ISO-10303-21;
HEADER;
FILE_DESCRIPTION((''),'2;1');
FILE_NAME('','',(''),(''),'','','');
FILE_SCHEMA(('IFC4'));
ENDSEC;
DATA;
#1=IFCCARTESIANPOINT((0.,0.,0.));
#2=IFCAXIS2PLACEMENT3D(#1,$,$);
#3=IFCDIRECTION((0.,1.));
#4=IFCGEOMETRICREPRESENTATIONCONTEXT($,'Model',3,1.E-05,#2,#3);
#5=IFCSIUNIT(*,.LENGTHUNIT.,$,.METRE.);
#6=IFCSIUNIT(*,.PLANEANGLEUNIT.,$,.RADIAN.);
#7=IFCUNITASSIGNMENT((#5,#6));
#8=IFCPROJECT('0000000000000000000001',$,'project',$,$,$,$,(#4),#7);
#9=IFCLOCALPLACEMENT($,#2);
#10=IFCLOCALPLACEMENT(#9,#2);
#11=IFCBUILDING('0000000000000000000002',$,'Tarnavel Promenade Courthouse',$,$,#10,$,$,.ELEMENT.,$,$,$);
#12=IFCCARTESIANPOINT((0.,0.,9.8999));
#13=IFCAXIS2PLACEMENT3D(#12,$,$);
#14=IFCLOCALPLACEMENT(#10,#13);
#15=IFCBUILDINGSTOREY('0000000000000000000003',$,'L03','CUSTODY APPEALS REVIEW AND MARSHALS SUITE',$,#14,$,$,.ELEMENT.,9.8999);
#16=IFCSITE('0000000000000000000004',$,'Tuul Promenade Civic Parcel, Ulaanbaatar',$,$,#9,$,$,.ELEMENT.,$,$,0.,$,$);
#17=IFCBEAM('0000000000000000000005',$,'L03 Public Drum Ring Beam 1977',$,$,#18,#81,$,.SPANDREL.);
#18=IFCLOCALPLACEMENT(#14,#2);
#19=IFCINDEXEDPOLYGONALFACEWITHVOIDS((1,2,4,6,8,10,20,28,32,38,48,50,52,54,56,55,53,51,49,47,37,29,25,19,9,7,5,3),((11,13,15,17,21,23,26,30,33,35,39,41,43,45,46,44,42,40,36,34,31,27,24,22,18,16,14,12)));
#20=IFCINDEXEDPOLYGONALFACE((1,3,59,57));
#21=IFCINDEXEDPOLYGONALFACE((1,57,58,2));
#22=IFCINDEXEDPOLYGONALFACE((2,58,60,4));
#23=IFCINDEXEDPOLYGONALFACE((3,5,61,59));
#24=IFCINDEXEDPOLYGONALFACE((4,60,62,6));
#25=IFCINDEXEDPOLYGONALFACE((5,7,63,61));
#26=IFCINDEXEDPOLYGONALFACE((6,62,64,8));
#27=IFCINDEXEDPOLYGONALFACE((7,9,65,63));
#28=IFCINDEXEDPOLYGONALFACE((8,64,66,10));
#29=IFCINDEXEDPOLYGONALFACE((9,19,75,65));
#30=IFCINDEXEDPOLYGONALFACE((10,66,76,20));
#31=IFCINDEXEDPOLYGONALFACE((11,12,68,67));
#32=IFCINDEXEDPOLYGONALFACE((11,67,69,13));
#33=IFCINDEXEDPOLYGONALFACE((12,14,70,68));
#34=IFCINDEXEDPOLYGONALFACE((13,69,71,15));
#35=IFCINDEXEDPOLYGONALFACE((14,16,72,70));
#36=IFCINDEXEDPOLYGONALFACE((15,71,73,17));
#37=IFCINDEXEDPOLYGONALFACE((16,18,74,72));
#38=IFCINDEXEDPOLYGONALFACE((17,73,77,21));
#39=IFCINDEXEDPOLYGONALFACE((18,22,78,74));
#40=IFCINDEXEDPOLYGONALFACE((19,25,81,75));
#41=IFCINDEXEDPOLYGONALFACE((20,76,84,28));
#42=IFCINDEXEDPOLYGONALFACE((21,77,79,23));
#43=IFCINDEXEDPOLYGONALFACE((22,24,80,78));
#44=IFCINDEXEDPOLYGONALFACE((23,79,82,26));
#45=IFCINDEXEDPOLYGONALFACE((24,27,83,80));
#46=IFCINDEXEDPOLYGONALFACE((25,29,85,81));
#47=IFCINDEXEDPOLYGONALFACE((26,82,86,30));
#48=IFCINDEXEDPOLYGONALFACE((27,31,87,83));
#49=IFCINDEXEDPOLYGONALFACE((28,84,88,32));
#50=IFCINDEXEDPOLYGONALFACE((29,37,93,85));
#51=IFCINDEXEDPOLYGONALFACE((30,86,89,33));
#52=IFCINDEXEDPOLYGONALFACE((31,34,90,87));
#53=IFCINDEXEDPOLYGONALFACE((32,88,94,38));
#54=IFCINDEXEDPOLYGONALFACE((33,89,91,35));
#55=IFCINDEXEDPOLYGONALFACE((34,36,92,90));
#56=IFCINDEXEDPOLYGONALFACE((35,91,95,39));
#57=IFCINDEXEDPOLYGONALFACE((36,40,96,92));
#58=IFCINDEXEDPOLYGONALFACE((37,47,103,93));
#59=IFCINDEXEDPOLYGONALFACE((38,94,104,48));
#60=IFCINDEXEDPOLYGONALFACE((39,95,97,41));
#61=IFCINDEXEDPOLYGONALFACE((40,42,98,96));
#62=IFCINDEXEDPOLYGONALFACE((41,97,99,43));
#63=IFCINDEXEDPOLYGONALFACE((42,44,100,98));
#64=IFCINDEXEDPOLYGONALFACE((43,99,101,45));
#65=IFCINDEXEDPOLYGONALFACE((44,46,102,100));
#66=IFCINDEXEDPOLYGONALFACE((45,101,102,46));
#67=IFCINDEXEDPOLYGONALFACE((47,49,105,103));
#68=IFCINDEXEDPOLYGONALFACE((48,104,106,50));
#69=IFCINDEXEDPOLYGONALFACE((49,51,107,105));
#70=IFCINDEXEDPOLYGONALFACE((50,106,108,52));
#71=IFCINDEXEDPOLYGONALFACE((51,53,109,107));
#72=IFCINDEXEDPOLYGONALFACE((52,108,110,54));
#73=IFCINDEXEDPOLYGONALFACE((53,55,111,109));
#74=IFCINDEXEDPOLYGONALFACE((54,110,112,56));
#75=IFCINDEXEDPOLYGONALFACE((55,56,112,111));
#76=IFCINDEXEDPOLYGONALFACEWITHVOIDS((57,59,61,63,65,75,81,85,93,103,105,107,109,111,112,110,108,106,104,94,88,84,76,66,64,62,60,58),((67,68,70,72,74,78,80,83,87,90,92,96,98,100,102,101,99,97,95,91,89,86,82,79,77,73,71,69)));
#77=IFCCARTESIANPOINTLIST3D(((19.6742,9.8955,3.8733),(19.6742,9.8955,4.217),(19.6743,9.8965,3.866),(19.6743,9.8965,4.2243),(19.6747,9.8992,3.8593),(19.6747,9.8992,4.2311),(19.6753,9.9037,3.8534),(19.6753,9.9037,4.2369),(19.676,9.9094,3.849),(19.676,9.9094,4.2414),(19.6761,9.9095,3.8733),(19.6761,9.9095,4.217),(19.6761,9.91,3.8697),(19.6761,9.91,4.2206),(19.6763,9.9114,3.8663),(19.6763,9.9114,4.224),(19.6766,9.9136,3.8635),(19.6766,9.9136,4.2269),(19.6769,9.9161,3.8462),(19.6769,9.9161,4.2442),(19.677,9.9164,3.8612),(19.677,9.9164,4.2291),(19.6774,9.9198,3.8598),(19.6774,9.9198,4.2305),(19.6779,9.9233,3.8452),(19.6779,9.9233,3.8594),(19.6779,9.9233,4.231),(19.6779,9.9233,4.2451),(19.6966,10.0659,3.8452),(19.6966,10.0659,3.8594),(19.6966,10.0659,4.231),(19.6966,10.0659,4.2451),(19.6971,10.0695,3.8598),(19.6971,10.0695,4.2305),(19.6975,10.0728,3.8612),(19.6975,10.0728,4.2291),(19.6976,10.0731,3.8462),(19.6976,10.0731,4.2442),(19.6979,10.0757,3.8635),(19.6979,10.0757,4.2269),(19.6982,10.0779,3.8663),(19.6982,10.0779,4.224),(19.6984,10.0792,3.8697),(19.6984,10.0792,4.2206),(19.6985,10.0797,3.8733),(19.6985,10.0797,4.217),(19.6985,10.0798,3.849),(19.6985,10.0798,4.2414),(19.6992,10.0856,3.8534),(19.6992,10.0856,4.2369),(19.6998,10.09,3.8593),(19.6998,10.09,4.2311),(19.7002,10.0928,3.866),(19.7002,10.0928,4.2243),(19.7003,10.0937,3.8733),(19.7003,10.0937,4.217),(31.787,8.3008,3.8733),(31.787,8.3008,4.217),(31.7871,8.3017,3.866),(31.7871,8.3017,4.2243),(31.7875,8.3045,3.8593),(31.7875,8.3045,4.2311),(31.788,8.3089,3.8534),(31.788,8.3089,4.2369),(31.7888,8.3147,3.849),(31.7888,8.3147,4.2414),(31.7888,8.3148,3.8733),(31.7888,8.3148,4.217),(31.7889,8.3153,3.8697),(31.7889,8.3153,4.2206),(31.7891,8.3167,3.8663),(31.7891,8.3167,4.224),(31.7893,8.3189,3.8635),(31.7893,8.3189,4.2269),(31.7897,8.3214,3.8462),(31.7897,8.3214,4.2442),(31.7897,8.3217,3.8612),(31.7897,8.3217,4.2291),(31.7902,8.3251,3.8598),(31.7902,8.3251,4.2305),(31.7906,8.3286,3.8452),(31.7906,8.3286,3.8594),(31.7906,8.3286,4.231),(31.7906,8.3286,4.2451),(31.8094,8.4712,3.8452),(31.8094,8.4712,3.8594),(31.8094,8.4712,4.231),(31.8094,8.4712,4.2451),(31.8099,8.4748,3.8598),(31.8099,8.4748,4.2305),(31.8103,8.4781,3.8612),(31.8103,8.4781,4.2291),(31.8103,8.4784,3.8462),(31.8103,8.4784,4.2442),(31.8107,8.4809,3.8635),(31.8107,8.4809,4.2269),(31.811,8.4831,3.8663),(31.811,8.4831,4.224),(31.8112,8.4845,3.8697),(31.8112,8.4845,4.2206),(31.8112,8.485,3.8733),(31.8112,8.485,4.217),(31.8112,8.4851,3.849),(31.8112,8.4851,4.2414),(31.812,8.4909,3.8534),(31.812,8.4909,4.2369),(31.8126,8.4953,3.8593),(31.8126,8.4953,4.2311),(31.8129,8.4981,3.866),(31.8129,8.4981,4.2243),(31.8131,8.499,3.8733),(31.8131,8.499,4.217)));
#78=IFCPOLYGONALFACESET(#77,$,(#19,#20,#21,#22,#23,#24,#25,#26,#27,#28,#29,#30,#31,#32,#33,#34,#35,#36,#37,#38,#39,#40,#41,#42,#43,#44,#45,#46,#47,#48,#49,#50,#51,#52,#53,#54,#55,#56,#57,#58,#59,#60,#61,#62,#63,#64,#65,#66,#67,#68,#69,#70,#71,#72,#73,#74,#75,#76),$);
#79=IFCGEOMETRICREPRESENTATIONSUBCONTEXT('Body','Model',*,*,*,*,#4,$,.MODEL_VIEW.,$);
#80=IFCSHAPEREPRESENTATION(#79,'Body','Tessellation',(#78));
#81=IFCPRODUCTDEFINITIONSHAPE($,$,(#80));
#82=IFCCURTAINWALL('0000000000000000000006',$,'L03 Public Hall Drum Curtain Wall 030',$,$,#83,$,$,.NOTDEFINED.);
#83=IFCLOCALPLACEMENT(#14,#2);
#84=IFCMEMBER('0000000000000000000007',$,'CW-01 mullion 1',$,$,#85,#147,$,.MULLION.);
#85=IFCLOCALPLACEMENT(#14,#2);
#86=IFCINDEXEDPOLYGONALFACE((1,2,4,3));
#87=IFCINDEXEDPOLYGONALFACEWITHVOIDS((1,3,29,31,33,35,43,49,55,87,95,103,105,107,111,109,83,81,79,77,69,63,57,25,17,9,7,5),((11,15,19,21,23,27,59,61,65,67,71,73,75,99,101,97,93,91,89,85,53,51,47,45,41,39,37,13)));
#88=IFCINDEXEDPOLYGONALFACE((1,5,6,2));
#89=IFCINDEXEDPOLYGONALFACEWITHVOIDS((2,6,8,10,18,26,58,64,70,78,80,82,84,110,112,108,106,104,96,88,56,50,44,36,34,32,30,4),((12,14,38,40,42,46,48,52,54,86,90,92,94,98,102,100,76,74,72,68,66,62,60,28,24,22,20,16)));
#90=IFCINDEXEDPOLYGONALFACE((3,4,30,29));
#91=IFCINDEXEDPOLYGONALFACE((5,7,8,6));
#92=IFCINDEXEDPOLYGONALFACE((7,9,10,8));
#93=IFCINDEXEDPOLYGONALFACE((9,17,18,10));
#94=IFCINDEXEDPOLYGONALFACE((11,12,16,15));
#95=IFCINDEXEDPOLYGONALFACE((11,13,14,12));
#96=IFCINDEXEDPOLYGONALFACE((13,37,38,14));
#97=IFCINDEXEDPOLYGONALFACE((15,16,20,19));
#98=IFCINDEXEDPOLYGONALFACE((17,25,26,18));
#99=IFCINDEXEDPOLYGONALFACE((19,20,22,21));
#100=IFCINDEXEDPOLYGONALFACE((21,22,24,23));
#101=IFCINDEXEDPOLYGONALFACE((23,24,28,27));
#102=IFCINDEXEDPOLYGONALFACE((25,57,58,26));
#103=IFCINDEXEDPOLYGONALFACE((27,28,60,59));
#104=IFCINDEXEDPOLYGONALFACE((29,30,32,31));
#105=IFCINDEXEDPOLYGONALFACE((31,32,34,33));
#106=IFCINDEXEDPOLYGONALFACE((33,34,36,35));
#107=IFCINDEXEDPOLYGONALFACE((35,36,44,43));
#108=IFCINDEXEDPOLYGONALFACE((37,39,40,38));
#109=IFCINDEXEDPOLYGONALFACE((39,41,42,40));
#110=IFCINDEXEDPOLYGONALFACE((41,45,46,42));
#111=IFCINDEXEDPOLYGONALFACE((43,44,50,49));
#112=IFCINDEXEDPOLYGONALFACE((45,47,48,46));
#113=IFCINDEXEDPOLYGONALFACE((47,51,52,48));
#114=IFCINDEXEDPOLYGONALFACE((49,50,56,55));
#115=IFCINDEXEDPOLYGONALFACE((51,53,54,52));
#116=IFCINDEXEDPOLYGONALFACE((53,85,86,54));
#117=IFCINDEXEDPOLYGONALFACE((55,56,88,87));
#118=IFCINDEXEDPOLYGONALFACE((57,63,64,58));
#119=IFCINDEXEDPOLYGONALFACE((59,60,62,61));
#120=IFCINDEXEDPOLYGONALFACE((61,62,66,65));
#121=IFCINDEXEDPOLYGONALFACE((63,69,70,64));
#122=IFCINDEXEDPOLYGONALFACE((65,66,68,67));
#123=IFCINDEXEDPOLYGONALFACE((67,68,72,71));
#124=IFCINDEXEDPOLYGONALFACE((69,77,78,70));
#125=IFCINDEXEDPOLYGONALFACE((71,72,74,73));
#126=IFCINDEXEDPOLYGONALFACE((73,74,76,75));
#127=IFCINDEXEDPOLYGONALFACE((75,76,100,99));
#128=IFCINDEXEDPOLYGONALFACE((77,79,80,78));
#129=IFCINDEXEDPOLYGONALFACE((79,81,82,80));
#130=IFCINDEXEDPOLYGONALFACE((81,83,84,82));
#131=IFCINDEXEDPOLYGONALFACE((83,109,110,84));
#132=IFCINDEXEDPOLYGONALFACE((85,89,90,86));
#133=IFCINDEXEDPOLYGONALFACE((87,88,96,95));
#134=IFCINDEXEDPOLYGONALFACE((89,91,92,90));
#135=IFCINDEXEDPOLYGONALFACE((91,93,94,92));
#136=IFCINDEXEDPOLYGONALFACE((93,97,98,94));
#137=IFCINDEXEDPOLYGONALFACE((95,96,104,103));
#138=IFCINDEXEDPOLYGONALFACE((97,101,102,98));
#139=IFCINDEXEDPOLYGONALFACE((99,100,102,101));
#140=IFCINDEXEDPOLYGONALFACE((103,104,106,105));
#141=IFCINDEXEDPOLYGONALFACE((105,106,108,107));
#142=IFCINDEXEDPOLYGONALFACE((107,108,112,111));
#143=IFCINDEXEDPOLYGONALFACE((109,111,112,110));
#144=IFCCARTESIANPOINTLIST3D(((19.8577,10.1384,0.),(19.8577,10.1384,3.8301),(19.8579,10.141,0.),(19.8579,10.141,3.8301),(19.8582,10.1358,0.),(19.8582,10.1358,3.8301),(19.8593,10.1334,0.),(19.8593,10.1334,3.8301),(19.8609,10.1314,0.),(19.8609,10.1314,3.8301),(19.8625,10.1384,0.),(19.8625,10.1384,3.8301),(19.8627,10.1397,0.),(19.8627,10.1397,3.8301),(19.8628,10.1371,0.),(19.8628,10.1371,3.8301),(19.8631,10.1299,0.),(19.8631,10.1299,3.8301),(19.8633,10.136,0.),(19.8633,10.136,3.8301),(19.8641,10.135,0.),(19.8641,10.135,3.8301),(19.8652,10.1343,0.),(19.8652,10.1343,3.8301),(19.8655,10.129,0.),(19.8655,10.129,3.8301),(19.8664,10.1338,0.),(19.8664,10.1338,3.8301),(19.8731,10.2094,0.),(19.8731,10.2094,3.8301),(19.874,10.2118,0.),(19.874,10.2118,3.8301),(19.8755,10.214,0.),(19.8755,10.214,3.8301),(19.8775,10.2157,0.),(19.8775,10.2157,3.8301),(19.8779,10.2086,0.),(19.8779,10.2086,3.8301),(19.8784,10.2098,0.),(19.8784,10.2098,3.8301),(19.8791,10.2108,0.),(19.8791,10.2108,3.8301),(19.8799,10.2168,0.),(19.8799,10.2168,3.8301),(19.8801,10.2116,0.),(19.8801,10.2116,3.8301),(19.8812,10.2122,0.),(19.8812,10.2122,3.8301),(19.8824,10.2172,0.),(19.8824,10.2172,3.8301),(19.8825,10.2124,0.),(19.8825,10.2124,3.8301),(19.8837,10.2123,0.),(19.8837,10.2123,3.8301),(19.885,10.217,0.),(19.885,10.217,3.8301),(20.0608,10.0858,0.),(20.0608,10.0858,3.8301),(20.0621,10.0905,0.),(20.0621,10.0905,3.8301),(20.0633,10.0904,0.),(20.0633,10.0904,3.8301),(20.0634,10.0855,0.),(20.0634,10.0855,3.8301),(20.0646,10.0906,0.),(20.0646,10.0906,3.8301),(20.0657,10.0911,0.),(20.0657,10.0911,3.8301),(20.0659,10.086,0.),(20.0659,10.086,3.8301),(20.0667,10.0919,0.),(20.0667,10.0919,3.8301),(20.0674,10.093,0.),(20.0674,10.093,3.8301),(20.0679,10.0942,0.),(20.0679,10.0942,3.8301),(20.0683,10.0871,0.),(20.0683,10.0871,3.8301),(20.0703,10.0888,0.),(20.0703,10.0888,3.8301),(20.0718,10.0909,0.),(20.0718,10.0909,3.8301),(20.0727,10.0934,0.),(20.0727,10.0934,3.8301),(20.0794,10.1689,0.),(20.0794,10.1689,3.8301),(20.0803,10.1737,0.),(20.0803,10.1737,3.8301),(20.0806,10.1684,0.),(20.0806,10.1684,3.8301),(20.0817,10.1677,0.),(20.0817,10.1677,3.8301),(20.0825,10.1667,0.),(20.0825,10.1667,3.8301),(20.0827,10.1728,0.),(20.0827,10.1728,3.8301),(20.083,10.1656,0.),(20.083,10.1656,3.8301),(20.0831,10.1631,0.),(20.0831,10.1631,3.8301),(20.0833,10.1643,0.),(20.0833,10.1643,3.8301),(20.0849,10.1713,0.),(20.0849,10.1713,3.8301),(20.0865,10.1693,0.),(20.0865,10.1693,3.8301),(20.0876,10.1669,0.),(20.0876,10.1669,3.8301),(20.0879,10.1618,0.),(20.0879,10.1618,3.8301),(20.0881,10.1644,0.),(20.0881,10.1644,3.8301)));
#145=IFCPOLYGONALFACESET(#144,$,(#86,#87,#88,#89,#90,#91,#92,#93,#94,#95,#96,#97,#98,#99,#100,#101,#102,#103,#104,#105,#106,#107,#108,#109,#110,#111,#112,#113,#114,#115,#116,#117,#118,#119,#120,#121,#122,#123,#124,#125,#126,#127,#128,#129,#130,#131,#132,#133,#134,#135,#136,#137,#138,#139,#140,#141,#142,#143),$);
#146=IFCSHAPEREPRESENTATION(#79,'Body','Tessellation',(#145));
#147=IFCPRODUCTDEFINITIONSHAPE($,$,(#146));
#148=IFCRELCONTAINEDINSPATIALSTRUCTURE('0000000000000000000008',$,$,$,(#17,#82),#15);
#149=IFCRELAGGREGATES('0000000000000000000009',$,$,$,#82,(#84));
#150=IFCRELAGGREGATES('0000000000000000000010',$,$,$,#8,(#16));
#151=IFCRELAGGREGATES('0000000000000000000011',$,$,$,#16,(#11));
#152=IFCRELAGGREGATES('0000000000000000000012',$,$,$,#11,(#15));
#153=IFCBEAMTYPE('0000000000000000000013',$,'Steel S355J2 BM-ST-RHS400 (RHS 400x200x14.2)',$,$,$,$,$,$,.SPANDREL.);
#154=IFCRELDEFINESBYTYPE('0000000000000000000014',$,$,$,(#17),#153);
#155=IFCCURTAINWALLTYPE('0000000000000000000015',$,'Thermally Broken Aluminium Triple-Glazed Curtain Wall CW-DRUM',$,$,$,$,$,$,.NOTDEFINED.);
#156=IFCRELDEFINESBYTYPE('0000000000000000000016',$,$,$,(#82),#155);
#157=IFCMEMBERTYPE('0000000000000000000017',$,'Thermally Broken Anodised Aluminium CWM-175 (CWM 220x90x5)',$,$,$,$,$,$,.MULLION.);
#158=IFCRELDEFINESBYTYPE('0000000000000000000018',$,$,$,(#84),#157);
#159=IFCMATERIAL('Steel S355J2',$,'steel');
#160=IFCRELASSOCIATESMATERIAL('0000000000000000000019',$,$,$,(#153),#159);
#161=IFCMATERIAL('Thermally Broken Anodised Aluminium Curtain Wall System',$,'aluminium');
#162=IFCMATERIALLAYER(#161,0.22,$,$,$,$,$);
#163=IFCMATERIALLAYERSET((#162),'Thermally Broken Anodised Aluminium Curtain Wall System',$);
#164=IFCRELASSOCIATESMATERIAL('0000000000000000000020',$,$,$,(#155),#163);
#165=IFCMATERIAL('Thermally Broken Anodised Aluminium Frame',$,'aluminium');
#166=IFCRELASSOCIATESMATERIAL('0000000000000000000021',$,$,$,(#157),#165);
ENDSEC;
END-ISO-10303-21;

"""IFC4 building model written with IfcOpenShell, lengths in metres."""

from ifc_helpers import new_model, si_unit, direction, frame, origin, origin_2d, place, context, subcontext, project, spatial, hollow_rectangle, extrude, material, layer, layer_set, material_profile, profile_set, type_object, element, aggregate, save


model = new_model("IFC4")

# Units and contexts
model_context = context("Model", 3, precision=1e-05, world=origin(), true_north=direction((0.0, 1.0)))
body_context = subcontext(model_context, "Body", "Model", "MODEL_VIEW")
ifc_project = project(units=[si_unit("LENGTHUNIT", "METRE"), si_unit("PLANEANGLEUNIT", "RADIAN")], contexts=[model_context])

# Site, building, storey
site_placement = place(None, origin())
site = spatial("IfcSite", under=ifc_project, at=site_placement, Name="Tuul Promenade Civic Parcel, Ulaanbaatar", CompositionType="ELEMENT", RefElevation=0.0)
building_placement = place(site_placement, origin())
building = spatial("IfcBuilding", under=site, at=building_placement, Name="Tarnavel Promenade Courthouse", CompositionType="ELEMENT")
storey_placement = place(building_placement, frame((0.0, 0.0, 9.8999)))
storey = spatial("IfcBuildingStorey", under=building, at=storey_placement, Name="L03", Description="CUSTODY APPEALS REVIEW AND MARSHALS SUITE", CompositionType="ELEMENT", Elevation=9.8999)

# Shared definitions
ifc_material_1 = material(Name="Steel S355J2", Category="steel")

# Beam
ifc_material_profile_1 = material_profile(ifc_material_1, hollow_rectangle(XDim=0.2, YDim=0.3999, WallThickness=0.0142, InnerFilletRadius=0.0139, OuterFilletRadius=0.0281, at=origin_2d()), Name="RHS 400x200x14.2")
ifc_profile_set_1 = profile_set([ifc_material_profile_1], Name="Steel S355J2")
beam_type_1 = type_object("IfcBeamType", Name="Steel S355J2 BM-ST-RHS400 (RHS 400x200x14.2)", PredefinedType="SPANDREL", material=ifc_profile_set_1)
beam_1_placement = place(storey_placement, frame((19.6873, 9.9946, 4.0452), z_axis=(0.991444, -0.13053, 0.0), x_axis=(0.13053, 0.991444, 0.0)))
element("IfcBeam", 1, at=beam_1_placement, inside=storey, type_object=beam_type_1, Name="L03 Public Drum Ring Beam 1977", PredefinedType="SPANDREL", context=body_context, shape_type="SweptSolid", body=[
    extrude(hollow_rectangle(XDim=0.2, YDim=0.3999, WallThickness=0.0142, InnerFilletRadius=0.0139, OuterFilletRadius=0.0281, at=origin_2d()), origin(), (0.0, 0.0, 1.0), 12.2173),
])

# Curtain wall, member
ifc_material_2 = material(Name="Thermally Broken Anodised Aluminium Curtain Wall System", Category="aluminium")
ifc_layer_1 = layer(ifc_material_2, 0.22)
ifc_layer_set_1 = layer_set([ifc_layer_1], Name="Thermally Broken Anodised Aluminium Curtain Wall System")
curtain_wall_type = type_object("IfcCurtainWallType", Name="Thermally Broken Aluminium Triple-Glazed Curtain Wall CW-DRUM", PredefinedType="NOTDEFINED", material=ifc_layer_set_1)
curtain_wall_placement = place(storey_placement, origin())
curtain_wall = element("IfcCurtainWall", 2, at=curtain_wall_placement, inside=storey, type_object=curtain_wall_type, Name="L03 Public Hall Drum Curtain Wall 030", PredefinedType="NOTDEFINED")
ifc_material_3 = material(Name="Thermally Broken Anodised Aluminium Frame", Category="aluminium")
ifc_material_profile_2 = material_profile(ifc_material_3, hollow_rectangle(XDim=0.0901, YDim=0.22, WallThickness=0.0049, InnerFilletRadius=0.0049, OuterFilletRadius=0.01, at=origin_2d()), Name="CWM 220x90x5")
ifc_profile_set_2 = profile_set([ifc_material_profile_2], Name="Thermally Broken Anodised Aluminium Frame")
member_type_1 = type_object("IfcMemberType", Name="Thermally Broken Anodised Aluminium CWM-175 (CWM 220x90x5)", PredefinedType="MULLION", material=ifc_profile_set_2)
member_1_placement = place(storey_placement, frame((19.9729, 10.1514, 0.0), z_axis=(0.0, 0.0, 1.0), x_axis=(0.216438, 0.976296, 0.0)))
member_1 = element("IfcMember", 3, at=member_1_placement, type_object=member_type_1, Name="CW-01 mullion 1", PredefinedType="MULLION", context=body_context, shape_type="SweptSolid", body=[
    extrude(hollow_rectangle(XDim=0.0901, YDim=0.22, WallThickness=0.0049, InnerFilletRadius=0.0049, OuterFilletRadius=0.01, at=origin_2d()), origin(), (0.0, 0.0, 1.0), 3.8301),
])

aggregate(curtain_wall, [member_1])

save(model, "model.ifc")
